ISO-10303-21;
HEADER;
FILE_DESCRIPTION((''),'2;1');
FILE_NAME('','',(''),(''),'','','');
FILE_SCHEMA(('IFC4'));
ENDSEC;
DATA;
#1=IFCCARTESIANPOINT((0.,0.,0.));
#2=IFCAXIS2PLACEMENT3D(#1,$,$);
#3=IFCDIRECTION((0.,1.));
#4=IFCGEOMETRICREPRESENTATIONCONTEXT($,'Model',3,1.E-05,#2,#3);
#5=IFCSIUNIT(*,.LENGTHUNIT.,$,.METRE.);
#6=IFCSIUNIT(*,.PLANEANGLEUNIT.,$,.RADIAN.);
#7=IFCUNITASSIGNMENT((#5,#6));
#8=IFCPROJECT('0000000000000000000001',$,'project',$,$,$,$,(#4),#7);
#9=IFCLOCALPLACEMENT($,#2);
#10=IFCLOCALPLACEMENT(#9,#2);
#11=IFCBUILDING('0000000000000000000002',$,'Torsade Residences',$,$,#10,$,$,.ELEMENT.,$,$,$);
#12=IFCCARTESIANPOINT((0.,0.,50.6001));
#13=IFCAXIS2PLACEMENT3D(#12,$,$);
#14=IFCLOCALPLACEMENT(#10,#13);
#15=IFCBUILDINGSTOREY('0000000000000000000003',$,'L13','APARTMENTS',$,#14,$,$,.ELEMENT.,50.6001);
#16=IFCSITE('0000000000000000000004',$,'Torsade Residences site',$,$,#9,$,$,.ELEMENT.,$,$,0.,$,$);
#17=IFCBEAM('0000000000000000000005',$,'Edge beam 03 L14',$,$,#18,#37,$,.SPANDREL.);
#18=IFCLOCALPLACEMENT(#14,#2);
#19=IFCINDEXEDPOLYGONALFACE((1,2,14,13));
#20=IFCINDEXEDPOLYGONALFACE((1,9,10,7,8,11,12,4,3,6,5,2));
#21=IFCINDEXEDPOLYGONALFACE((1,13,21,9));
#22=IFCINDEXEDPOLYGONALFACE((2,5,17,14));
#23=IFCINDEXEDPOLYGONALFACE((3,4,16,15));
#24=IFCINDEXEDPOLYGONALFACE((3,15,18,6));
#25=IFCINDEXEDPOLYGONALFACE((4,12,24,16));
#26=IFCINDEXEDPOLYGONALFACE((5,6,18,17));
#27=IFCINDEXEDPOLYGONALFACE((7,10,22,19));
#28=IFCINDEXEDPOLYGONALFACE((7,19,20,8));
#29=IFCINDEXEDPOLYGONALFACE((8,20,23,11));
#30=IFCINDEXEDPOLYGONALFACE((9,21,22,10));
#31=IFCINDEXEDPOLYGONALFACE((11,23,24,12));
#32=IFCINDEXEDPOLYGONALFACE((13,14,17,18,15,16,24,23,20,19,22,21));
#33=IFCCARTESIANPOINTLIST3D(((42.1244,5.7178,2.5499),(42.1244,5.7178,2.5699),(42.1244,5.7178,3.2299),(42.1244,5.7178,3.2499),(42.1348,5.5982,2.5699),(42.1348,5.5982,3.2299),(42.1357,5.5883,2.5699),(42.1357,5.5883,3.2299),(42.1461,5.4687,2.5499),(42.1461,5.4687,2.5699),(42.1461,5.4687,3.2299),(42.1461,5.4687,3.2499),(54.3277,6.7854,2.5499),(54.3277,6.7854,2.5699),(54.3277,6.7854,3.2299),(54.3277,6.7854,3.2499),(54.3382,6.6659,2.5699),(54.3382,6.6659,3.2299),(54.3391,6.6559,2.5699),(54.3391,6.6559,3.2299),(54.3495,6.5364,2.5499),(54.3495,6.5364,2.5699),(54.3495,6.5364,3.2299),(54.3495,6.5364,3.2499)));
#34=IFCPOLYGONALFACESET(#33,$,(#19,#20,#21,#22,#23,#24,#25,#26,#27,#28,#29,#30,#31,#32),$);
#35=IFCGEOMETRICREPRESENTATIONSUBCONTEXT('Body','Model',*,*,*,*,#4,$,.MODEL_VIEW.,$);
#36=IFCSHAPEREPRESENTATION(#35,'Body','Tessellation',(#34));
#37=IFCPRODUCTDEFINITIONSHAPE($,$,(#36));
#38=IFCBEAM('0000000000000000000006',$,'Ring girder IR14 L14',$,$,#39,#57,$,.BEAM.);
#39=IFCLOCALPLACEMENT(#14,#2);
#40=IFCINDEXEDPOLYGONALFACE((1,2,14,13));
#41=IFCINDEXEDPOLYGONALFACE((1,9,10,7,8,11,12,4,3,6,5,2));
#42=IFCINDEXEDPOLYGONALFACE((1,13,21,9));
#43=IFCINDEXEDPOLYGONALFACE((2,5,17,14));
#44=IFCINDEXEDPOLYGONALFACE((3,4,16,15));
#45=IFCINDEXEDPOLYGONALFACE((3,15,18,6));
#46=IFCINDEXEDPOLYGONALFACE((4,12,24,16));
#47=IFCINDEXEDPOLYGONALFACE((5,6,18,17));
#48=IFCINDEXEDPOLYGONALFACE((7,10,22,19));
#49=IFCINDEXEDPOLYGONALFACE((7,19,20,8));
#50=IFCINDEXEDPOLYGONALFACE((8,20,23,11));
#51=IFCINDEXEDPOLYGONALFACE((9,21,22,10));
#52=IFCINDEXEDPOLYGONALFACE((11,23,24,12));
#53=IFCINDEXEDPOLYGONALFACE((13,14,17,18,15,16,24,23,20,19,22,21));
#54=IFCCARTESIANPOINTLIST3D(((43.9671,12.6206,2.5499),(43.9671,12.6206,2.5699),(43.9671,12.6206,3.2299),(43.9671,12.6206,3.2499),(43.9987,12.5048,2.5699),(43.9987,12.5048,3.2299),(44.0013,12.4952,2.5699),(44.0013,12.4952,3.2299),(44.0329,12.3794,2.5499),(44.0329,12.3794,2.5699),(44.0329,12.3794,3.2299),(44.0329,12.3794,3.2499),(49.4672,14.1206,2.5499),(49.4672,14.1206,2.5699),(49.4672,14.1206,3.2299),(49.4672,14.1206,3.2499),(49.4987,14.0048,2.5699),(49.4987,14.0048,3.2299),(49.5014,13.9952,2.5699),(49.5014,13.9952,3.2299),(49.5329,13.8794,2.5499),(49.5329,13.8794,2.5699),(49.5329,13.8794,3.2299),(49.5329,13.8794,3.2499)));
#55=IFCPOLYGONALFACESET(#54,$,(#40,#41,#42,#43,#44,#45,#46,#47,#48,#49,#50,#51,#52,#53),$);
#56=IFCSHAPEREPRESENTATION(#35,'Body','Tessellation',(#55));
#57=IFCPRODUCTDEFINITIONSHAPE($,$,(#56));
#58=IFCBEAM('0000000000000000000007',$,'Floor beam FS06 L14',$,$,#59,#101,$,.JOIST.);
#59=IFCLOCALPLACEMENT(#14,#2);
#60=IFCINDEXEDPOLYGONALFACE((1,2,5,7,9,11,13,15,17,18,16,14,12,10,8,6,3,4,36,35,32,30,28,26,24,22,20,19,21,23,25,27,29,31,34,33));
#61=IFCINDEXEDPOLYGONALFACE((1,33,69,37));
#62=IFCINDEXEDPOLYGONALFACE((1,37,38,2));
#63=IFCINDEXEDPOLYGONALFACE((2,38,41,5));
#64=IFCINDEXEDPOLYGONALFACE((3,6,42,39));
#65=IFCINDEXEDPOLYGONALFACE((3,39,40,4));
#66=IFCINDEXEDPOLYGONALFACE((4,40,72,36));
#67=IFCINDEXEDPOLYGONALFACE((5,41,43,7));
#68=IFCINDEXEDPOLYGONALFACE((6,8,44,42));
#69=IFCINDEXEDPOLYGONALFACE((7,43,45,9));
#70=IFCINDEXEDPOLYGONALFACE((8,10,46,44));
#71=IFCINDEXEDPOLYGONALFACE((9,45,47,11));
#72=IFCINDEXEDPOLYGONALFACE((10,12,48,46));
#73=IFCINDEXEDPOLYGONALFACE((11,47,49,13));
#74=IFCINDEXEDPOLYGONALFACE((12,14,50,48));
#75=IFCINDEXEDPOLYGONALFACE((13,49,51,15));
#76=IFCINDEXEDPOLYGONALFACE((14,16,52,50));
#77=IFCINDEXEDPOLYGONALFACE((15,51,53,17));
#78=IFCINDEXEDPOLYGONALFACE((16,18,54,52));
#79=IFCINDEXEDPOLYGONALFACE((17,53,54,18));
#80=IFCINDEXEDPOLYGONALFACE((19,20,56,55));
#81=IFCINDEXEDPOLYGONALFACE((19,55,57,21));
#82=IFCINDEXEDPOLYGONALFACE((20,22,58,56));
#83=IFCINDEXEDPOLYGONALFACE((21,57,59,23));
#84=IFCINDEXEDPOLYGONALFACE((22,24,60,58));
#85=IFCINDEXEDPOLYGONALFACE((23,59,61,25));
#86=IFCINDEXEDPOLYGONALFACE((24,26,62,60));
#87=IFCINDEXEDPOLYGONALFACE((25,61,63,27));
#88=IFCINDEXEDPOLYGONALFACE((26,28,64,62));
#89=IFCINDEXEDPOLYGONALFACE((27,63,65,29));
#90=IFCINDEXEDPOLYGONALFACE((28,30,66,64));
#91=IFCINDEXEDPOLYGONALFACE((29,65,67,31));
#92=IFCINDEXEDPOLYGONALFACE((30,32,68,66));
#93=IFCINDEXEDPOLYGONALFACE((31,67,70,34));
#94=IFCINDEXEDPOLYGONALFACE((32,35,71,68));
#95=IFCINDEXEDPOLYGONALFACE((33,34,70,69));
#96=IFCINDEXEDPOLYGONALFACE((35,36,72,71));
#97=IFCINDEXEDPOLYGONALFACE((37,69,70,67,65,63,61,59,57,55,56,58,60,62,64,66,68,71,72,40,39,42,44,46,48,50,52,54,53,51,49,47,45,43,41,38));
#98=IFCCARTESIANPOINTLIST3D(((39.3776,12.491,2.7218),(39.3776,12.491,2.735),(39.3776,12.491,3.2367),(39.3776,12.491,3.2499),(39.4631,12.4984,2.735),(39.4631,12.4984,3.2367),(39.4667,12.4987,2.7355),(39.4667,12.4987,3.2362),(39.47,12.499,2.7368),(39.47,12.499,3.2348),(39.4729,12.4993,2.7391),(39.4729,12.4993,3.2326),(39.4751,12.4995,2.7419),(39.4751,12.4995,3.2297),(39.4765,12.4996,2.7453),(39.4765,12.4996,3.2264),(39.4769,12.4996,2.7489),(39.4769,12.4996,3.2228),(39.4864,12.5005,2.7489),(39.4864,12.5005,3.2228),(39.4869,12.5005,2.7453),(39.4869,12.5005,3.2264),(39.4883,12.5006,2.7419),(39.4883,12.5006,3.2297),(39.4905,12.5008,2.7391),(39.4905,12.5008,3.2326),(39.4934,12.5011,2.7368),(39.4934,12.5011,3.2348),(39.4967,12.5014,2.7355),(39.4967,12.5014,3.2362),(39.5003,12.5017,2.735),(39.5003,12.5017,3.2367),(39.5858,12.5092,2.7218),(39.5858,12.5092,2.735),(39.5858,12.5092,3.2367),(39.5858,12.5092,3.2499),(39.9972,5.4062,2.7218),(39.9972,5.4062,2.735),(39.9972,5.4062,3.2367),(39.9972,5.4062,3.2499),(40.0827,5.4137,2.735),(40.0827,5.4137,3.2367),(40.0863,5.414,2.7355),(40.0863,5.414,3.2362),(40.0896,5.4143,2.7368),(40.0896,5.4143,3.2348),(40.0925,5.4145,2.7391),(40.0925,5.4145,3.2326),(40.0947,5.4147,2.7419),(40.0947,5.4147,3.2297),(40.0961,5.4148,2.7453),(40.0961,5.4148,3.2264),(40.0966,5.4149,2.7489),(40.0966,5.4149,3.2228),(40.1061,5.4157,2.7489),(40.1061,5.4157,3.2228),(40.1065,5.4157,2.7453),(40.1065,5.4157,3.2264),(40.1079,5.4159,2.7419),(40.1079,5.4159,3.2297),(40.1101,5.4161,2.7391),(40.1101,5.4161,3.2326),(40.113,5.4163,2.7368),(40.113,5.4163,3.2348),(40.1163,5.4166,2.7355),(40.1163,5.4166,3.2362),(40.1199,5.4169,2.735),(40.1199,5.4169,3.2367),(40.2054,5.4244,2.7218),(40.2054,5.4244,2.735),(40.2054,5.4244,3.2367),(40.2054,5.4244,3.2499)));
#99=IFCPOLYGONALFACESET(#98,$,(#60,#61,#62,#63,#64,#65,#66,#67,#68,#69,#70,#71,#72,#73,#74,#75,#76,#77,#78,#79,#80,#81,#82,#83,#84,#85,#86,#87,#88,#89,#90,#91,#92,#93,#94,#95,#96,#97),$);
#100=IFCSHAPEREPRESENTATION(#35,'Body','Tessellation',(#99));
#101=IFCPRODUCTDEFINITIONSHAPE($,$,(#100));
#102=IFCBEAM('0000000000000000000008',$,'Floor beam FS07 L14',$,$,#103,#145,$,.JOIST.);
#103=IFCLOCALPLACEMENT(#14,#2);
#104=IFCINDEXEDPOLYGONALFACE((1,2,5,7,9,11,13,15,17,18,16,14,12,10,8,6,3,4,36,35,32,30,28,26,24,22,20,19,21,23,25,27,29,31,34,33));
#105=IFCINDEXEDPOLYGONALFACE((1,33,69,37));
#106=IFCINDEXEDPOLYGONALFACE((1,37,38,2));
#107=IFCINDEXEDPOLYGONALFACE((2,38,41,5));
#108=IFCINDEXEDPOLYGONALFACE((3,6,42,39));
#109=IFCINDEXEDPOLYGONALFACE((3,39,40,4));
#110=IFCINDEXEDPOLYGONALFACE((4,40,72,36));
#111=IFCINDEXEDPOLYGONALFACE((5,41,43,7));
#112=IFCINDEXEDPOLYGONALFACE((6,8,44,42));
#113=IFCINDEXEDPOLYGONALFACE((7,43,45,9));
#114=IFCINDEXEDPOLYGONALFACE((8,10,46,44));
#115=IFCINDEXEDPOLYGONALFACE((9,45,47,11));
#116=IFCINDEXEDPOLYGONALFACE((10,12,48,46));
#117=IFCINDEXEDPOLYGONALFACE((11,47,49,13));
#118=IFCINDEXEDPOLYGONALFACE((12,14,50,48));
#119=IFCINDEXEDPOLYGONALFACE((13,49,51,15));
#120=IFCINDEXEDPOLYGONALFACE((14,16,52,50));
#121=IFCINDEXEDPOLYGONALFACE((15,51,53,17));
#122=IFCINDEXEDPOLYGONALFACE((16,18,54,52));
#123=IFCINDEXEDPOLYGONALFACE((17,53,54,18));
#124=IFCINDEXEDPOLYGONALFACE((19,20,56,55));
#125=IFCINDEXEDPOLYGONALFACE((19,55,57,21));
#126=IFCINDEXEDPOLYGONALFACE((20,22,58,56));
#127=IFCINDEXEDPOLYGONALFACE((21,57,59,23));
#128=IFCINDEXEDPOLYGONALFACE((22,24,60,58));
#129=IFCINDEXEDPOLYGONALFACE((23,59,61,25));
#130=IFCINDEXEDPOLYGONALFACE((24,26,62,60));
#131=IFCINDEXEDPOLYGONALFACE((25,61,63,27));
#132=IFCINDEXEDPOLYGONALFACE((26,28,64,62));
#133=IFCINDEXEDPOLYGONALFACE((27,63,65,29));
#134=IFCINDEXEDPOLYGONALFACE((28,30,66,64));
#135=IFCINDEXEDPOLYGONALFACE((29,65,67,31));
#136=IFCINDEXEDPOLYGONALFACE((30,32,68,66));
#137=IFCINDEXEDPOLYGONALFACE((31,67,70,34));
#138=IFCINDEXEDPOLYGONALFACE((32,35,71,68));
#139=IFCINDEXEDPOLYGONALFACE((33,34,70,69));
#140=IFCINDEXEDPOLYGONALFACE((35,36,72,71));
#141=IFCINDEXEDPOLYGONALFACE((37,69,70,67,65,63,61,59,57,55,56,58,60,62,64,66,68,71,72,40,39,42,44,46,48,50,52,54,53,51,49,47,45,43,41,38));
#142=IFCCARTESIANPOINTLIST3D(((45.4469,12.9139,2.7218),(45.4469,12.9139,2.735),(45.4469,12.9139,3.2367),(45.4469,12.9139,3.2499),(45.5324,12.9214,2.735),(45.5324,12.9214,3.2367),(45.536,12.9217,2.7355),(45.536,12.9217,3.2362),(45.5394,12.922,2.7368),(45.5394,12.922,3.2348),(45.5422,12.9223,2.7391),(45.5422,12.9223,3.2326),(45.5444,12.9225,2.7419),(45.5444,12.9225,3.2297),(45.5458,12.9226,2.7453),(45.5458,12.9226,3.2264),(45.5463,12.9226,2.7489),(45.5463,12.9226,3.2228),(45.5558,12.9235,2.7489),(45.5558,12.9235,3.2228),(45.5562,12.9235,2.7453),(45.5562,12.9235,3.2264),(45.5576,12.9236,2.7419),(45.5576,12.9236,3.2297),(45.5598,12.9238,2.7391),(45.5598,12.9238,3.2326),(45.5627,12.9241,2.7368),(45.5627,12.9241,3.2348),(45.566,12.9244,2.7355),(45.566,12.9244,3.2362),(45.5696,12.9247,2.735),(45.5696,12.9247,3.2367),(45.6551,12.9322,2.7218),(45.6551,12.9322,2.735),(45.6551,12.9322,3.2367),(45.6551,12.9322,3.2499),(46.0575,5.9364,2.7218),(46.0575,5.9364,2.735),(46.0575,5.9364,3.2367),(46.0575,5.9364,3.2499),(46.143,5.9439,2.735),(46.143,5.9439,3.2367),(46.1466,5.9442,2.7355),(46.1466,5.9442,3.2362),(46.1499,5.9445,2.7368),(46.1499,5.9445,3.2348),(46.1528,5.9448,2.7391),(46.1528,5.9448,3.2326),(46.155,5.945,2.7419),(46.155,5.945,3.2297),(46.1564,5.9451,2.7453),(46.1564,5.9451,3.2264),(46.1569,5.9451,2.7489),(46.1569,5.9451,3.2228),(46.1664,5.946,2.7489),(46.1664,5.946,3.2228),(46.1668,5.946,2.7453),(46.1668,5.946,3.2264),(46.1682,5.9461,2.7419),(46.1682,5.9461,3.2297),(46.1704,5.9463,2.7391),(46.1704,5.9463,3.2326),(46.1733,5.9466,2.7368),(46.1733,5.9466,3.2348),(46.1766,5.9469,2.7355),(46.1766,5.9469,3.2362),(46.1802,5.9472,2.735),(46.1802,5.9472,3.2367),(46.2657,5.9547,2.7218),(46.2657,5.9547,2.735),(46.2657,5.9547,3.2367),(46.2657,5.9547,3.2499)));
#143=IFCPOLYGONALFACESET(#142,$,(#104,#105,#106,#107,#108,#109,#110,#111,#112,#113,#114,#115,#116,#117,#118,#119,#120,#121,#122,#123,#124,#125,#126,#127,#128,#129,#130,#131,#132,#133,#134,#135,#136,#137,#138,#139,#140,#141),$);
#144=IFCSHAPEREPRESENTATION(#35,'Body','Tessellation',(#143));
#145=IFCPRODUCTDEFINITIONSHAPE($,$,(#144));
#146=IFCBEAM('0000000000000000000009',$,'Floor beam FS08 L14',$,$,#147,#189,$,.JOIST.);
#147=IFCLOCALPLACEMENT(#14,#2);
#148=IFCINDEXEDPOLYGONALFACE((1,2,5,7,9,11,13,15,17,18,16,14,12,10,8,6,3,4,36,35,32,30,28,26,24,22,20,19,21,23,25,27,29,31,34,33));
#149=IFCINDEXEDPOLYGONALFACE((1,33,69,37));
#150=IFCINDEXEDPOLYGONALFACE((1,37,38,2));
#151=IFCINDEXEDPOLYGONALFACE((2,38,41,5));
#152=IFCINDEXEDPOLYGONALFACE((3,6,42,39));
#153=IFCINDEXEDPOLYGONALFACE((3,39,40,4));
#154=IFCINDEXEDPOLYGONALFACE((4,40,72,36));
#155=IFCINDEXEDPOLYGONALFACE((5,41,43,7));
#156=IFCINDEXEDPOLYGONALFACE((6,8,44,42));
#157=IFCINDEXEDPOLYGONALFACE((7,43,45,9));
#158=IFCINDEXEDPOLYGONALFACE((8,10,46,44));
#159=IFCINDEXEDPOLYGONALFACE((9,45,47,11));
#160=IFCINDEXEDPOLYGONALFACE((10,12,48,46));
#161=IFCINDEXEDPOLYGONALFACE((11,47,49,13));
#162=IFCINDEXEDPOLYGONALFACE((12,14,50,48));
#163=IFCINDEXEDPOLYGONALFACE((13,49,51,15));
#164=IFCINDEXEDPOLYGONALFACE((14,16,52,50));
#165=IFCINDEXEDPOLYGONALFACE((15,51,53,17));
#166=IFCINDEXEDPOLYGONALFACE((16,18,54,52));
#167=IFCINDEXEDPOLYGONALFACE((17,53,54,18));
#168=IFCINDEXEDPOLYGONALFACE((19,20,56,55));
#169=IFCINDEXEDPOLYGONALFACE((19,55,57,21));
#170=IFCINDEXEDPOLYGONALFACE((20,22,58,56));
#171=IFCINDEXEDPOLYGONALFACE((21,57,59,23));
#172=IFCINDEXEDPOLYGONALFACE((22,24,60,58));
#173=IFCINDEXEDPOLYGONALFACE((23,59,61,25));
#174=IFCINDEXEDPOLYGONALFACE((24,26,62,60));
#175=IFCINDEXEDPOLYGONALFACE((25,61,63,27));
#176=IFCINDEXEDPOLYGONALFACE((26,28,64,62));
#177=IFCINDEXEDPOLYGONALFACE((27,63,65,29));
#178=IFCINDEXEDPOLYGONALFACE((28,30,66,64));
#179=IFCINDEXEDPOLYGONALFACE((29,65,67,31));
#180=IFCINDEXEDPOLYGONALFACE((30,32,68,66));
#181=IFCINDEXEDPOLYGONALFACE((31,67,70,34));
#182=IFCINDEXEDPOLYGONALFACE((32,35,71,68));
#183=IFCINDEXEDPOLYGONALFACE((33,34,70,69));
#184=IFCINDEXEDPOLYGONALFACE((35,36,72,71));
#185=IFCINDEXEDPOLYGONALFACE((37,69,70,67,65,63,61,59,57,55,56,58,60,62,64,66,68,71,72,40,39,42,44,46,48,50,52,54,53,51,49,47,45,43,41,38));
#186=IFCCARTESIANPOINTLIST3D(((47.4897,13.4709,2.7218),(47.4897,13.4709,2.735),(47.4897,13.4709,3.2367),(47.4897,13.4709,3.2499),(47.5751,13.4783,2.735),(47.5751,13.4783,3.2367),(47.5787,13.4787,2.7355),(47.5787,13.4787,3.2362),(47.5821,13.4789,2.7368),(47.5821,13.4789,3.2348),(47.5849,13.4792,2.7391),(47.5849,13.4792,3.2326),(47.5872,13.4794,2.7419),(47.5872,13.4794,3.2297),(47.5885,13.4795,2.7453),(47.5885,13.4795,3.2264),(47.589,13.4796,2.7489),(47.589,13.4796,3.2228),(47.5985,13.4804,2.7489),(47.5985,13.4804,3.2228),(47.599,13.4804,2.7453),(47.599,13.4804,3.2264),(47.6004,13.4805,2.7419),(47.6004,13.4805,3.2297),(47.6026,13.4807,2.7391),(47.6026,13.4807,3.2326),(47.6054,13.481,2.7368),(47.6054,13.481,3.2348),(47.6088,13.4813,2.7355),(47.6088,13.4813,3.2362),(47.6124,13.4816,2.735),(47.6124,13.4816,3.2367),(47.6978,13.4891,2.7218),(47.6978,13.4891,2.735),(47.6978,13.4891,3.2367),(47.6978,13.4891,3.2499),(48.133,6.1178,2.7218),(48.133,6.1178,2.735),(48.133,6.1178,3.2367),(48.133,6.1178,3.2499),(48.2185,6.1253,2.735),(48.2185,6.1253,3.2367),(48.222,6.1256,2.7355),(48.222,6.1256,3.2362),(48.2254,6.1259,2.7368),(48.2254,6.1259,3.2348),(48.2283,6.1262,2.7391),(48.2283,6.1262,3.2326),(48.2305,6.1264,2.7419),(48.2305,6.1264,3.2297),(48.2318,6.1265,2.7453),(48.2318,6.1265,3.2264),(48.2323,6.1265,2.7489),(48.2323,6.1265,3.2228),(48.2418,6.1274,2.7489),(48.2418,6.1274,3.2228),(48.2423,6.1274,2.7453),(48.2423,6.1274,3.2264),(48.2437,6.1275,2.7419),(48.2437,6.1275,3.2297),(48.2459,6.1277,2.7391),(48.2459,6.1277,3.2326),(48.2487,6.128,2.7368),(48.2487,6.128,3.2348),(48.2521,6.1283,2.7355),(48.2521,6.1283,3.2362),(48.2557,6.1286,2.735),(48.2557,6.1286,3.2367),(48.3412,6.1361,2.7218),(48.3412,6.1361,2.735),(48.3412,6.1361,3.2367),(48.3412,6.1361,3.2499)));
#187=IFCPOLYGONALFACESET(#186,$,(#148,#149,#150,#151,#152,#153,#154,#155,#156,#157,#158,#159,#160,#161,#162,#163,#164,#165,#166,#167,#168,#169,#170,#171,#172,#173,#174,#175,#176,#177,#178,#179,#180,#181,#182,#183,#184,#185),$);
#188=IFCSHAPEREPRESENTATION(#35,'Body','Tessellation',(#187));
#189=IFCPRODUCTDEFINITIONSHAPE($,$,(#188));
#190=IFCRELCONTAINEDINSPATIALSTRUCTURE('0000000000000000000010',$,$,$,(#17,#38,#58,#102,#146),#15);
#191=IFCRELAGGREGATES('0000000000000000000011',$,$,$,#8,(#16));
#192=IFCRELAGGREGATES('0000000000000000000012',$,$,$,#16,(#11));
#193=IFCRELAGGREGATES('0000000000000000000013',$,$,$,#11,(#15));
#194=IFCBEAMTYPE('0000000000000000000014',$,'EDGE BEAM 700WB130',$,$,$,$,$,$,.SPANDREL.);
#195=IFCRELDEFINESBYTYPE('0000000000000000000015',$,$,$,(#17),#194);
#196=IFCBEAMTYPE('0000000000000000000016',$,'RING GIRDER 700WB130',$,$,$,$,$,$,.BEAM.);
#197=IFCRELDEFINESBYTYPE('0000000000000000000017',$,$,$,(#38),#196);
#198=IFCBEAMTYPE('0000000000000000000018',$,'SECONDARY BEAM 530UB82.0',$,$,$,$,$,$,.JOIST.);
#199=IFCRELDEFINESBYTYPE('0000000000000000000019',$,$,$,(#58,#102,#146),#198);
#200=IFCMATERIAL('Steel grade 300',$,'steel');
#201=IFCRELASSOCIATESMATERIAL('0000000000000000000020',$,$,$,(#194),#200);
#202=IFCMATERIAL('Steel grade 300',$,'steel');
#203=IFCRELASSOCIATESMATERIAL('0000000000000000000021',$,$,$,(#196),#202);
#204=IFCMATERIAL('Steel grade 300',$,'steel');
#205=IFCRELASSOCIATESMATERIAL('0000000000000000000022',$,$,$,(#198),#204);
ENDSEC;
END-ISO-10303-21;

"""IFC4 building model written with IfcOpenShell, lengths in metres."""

from ifc_helpers import new_model, si_unit, direction, frame, origin, origin_2d, place, context, subcontext, project, spatial, i_section, extrude, material, material_profile, profile_set, type_object, element, save


model = new_model("IFC4")

# Units and contexts
model_context = context("Model", 3, precision=1e-05, world=origin(), true_north=direction((0.0, 1.0)))
body_context = subcontext(model_context, "Body", "Model", "MODEL_VIEW")
ifc_project = project(units=[si_unit("LENGTHUNIT", "METRE"), si_unit("PLANEANGLEUNIT", "RADIAN")], contexts=[model_context])

# Site, building, storey
site_placement = place(None, origin())
site = spatial("IfcSite", under=ifc_project, at=site_placement, Name="Torsade Residences site", CompositionType="ELEMENT", RefElevation=0.0)
building_placement = place(site_placement, origin())
building = spatial("IfcBuilding", under=site, at=building_placement, Name="Torsade Residences", CompositionType="ELEMENT")
storey_placement = place(building_placement, frame((0.0, 0.0, 50.6001)))
storey = spatial("IfcBuildingStorey", under=building, at=storey_placement, Name="L13", Description="APARTMENTS", CompositionType="ELEMENT", Elevation=50.6001)

# Beams
ifc_material_1 = material(Name="Steel grade 300", Category="steel")
ifc_material_profile_1 = material_profile(ifc_material_1, i_section(OverallWidth=0.25, OverallDepth=0.7, WebThickness=0.01, FlangeThickness=0.02, at=origin_2d()), Name="700WB130")
ifc_profile_set_1 = profile_set([ifc_material_profile_1], Name="Steel grade 300")
beam_type_1 = type_object("IfcBeamType", Name="EDGE BEAM 700WB130", PredefinedType="SPANDREL", material=ifc_profile_set_1)
beam_1_placement = place(storey_placement, frame((42.1353, 5.5933, 2.8999), z_axis=(0.996195, 0.087153, 0.0), x_axis=(-0.087153, 0.996195, 0.0)))
element("IfcBeam", 1, at=beam_1_placement, inside=storey, type_object=beam_type_1, Name="Edge beam 03 L14", PredefinedType="SPANDREL", context=body_context, shape_type="SweptSolid", body=[
    extrude(i_section(OverallWidth=0.25, OverallDepth=0.7, WebThickness=0.01, FlangeThickness=0.02, at=origin_2d()), origin(), (0.0, 0.0, 1.0), 12.25),
])
ifc_material_2 = material(Name="Steel grade 300", Category="steel")
ifc_material_profile_2 = material_profile(ifc_material_2, i_section(OverallWidth=0.25, OverallDepth=0.7, WebThickness=0.01, FlangeThickness=0.02, at=origin_2d()), Name="700WB130")
ifc_profile_set_2 = profile_set([ifc_material_profile_2], Name="Steel grade 300")
beam_type_2 = type_object("IfcBeamType", Name="RING GIRDER 700WB130", PredefinedType="BEAM", material=ifc_profile_set_2)
beam_2_placement = place(storey_placement, frame((44.0, 12.5, 2.8999), z_axis=(0.964764, 0.263117, 0.0), x_axis=(-0.263117, 0.964764, 0.0)))
element("IfcBeam", 2, at=beam_2_placement, inside=storey, type_object=beam_type_2, Name="Ring girder IR14 L14", PredefinedType="BEAM", context=body_context, shape_type="SweptSolid", body=[
    extrude(i_section(OverallWidth=0.25, OverallDepth=0.7, WebThickness=0.01, FlangeThickness=0.02, at=origin_2d()), origin(), (0.0, 0.0, 1.0), 5.7009),
])
ifc_material_3 = material(Name="Steel grade 300", Category="steel")
ifc_material_profile_3 = material_profile(ifc_material_3, i_section(OverallWidth=0.209, OverallDepth=0.5281, WebThickness=0.0095, FlangeThickness=0.0132, FilletRadius=0.0139, at=origin_2d()), Name="530UB82.0")
ifc_profile_set_3 = profile_set([ifc_material_profile_3], Name="Steel grade 300")
beam_type_3 = type_object("IfcBeamType", Name="SECONDARY BEAM 530UB82.0", PredefinedType="JOIST", material=ifc_profile_set_3)
beam_3_placement = place(storey_placement, frame((40.1013, 5.4153, 2.9858), z_axis=(-0.087127, 0.996197, 0.0), x_axis=(-0.996197, -0.087127, 0.0)))
element("IfcBeam", 3, at=beam_3_placement, inside=storey, type_object=beam_type_3, Name="Floor beam FS06 L14", PredefinedType="JOIST", context=body_context, shape_type="SweptSolid", body=[
    extrude(i_section(OverallWidth=0.209, OverallDepth=0.5281, WebThickness=0.0095, FlangeThickness=0.0132, FilletRadius=0.0139, at=origin_2d()), origin(), (0.0, 0.0, 1.0), 7.1118),
])
beam_4_placement = place(storey_placement, frame((46.1616, 5.9456, 2.9858), z_axis=(-0.087176, 0.996193, 0.0), x_axis=(-0.996193, -0.087176, 0.0)))
element("IfcBeam", 4, at=beam_4_placement, inside=storey, type_object=beam_type_3, Name="Floor beam FS07 L14", PredefinedType="JOIST", context=body_context, shape_type="SweptSolid", body=[
    extrude(i_section(OverallWidth=0.209, OverallDepth=0.5281, WebThickness=0.0095, FlangeThickness=0.0132, FilletRadius=0.0139, at=origin_2d()), origin(), (0.0, 0.0, 1.0), 7.0042),
])
beam_5_placement = place(storey_placement, frame((48.2371, 6.127, 2.9858), z_axis=(-0.087156, 0.996195, 0.0), x_axis=(-0.996195, -0.087156, 0.0)))
element("IfcBeam", 5, at=beam_5_placement, inside=storey, type_object=beam_type_3, Name="Floor beam FS08 L14", PredefinedType="JOIST", context=body_context, shape_type="SweptSolid", body=[
    extrude(i_section(OverallWidth=0.209, OverallDepth=0.5281, WebThickness=0.0095, FlangeThickness=0.0132, FilletRadius=0.0139, at=origin_2d()), origin(), (0.0, 0.0, 1.0), 7.3811),
])

save(model, "model.ifc")
